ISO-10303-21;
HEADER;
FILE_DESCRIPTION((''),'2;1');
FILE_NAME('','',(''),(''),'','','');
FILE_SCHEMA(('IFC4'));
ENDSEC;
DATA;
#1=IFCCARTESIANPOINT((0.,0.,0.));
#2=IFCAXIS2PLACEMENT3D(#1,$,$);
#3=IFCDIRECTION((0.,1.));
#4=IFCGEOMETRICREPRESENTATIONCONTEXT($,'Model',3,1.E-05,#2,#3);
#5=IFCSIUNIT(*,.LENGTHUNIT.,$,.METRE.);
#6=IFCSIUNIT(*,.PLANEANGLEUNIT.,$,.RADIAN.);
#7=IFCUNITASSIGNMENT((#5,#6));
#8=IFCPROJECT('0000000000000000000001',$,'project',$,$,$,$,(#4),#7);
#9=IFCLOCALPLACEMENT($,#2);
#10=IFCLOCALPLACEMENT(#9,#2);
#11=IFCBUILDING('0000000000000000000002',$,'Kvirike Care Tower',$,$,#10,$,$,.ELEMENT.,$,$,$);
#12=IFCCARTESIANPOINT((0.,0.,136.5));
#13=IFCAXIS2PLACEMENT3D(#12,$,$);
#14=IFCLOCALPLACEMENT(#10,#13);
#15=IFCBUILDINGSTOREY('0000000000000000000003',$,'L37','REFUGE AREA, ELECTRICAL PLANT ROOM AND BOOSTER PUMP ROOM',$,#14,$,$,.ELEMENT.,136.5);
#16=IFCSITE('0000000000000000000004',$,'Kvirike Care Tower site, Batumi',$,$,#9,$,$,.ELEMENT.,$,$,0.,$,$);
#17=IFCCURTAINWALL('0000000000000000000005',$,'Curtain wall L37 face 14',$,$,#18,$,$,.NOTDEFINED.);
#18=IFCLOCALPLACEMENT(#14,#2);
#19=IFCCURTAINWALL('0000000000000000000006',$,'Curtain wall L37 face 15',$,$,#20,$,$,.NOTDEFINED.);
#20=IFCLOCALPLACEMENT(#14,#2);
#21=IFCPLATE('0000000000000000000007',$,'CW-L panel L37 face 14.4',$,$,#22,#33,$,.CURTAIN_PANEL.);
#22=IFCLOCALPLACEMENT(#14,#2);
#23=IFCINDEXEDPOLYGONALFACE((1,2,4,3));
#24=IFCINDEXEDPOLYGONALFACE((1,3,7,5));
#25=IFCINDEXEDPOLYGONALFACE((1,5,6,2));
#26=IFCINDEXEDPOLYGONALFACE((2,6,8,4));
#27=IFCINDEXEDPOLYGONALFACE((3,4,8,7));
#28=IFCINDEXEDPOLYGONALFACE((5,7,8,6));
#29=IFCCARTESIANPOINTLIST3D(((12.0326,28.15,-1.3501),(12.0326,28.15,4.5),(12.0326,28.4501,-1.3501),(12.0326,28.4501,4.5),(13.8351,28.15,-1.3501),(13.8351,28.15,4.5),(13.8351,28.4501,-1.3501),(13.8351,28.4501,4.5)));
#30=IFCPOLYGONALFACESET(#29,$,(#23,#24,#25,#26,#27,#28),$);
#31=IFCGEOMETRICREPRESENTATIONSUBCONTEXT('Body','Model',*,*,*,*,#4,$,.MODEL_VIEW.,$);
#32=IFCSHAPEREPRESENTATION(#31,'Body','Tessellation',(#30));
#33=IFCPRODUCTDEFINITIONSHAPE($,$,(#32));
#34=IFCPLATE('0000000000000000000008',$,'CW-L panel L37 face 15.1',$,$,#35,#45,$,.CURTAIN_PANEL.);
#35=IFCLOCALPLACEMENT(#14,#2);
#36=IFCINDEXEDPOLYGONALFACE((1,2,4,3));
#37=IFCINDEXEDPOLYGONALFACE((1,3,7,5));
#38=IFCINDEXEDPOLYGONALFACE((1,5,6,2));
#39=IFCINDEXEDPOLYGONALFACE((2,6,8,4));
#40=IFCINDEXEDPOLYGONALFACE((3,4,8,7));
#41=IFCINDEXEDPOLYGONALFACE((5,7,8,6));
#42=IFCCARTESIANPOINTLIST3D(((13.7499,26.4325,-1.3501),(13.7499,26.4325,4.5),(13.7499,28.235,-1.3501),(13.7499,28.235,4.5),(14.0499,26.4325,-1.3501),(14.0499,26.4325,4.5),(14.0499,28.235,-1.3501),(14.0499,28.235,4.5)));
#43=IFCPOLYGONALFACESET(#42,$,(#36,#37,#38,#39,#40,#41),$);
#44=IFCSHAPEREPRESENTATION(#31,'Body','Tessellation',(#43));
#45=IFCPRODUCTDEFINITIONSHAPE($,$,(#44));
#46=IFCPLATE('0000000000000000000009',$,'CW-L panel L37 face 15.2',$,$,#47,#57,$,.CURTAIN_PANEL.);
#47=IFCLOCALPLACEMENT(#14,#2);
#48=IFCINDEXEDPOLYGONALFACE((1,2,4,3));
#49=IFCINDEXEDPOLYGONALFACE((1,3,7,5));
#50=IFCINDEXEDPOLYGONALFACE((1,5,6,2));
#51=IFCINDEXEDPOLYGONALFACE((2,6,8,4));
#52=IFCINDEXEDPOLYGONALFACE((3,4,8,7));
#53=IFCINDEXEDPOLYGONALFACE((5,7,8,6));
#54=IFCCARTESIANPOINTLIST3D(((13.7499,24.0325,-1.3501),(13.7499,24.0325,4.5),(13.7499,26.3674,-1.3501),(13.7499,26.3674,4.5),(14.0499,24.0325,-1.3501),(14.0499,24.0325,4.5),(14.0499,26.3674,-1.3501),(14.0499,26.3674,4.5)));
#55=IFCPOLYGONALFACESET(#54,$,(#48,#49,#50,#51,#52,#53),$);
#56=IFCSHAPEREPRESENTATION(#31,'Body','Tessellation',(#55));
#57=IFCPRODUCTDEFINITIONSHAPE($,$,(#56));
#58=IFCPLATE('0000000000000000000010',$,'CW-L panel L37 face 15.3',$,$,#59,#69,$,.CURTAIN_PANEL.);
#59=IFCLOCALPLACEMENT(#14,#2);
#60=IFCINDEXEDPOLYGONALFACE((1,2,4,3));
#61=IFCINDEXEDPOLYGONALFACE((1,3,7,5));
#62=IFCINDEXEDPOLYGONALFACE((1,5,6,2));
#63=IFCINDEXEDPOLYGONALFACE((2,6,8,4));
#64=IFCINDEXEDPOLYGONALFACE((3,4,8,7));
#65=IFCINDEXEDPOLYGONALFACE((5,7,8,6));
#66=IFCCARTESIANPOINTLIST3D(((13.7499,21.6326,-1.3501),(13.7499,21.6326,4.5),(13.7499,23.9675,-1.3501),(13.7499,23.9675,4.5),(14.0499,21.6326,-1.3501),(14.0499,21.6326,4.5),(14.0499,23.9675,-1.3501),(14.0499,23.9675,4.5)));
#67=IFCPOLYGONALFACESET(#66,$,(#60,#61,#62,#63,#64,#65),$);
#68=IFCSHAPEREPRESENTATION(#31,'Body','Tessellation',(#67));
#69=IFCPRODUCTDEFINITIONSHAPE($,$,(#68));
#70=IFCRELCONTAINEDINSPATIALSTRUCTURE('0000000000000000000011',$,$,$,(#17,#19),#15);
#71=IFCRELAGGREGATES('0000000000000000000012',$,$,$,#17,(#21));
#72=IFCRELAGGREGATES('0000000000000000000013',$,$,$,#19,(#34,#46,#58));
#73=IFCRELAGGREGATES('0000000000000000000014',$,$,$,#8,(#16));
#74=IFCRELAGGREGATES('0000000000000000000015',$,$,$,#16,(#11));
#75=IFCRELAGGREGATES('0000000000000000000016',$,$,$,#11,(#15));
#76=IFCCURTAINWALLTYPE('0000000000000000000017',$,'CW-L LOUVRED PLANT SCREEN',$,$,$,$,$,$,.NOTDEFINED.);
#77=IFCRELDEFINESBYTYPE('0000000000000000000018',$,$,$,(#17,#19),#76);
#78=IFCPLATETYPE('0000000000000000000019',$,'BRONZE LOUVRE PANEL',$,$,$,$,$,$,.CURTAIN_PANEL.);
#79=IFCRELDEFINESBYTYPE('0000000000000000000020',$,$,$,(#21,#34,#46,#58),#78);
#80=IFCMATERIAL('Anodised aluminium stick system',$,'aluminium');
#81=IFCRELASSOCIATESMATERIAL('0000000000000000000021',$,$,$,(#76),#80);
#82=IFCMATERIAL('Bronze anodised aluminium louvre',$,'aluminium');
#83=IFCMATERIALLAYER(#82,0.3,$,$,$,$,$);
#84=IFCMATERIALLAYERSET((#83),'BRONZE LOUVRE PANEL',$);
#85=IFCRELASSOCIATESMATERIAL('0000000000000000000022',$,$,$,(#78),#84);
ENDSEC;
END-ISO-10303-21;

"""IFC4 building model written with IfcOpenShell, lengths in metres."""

from ifc_helpers import new_model, si_unit, direction, frame, origin, origin_2d, place, context, subcontext, project, spatial, rectangle, extrude, material, layer, layer_set, type_object, element, aggregate, save


model = new_model("IFC4")

# Units and contexts
model_context = context("Model", 3, precision=1e-05, world=origin(), true_north=direction((0.0, 1.0)))
body_context = subcontext(model_context, "Body", "Model", "MODEL_VIEW")
ifc_project = project(units=[si_unit("LENGTHUNIT", "METRE"), si_unit("PLANEANGLEUNIT", "RADIAN")], contexts=[model_context])

# Site, building, storey
site_placement = place(None, origin())
site = spatial("IfcSite", under=ifc_project, at=site_placement, Name="Kvirike Care Tower site, Batumi", CompositionType="ELEMENT", RefElevation=0.0)
building_placement = place(site_placement, origin())
building = spatial("IfcBuilding", under=site, at=building_placement, Name="Kvirike Care Tower", CompositionType="ELEMENT")
storey_placement = place(building_placement, frame((0.0, 0.0, 136.5)))
storey = spatial("IfcBuildingStorey", under=building, at=storey_placement, Name="L37", Description="REFUGE AREA, ELECTRICAL PLANT ROOM AND BOOSTER PUMP ROOM", CompositionType="ELEMENT", Elevation=136.5)

# Curtain walls
ifc_material_1 = material(Name="Anodised aluminium stick system", Category="aluminium")
curtain_wall_type = type_object("IfcCurtainWallType", Name="CW-L LOUVRED PLANT SCREEN", PredefinedType="NOTDEFINED", material=ifc_material_1)
curtain_wall_1_placement = place(storey_placement, origin())
curtain_wall_1 = element("IfcCurtainWall", 1, at=curtain_wall_1_placement, inside=storey, type_object=curtain_wall_type, Name="Curtain wall L37 face 14", PredefinedType="NOTDEFINED")
curtain_wall_2_placement = place(storey_placement, origin())
curtain_wall_2 = element("IfcCurtainWall", 2, at=curtain_wall_2_placement, inside=storey, type_object=curtain_wall_type, Name="Curtain wall L37 face 15", PredefinedType="NOTDEFINED")

# Plates
ifc_material_2 = material(Name="Bronze anodised aluminium louvre", Category="aluminium")
ifc_layer = layer(ifc_material_2, 0.3)
ifc_layer_set = layer_set([ifc_layer], Name="BRONZE LOUVRE PANEL")
plate_type = type_object("IfcPlateType", Name="BRONZE LOUVRE PANEL", PredefinedType="CURTAIN_PANEL", material=ifc_layer_set)
plate_1_placement = place(storey_placement, frame((12.9338, 28.3, -1.3501), z_axis=(0.0, 0.0, 1.0), x_axis=(1.0, 0.0, 0.0)))
plate_1 = element("IfcPlate", 3, at=plate_1_placement, type_object=plate_type, Name="CW-L panel L37 face 14.4", PredefinedType="CURTAIN_PANEL", context=body_context, shape_type="SweptSolid", body=[
    extrude(rectangle(XDim=1.8025, YDim=0.3, at=origin_2d()), origin(), (0.0, 0.0, 1.0), 5.8501),
])
aggregate(curtain_wall_1, [plate_1])
plate_2_placement = place(storey_placement, frame((13.8999, 27.3337, -1.3501), z_axis=(0.0, 0.0, 1.0), x_axis=(0.0, -1.0, 0.0)))
plate_2 = element("IfcPlate", 4, at=plate_2_placement, type_object=plate_type, Name="CW-L panel L37 face 15.1", PredefinedType="CURTAIN_PANEL", context=body_context, shape_type="SweptSolid", body=[
    extrude(rectangle(XDim=1.8025, YDim=0.3, at=origin_2d()), origin(), (0.0, 0.0, 1.0), 5.8501),
])
plate_3_placement = place(storey_placement, frame((13.8999, 25.2, -1.3501), z_axis=(0.0, 0.0, 1.0), x_axis=(0.0, -1.0, 0.0)))
plate_3 = element("IfcPlate", 5, at=plate_3_placement, type_object=plate_type, Name="CW-L panel L37 face 15.2", PredefinedType="CURTAIN_PANEL", context=body_context, shape_type="SweptSolid", body=[
    extrude(rectangle(XDim=2.335, YDim=0.3, at=origin_2d()), origin(), (0.0, 0.0, 1.0), 5.8501),
])
plate_4_placement = place(storey_placement, frame((13.8999, 22.8, -1.3501), z_axis=(0.0, 0.0, 1.0), x_axis=(0.0, -1.0, 0.0)))
plate_4 = element("IfcPlate", 6, at=plate_4_placement, type_object=plate_type, Name="CW-L panel L37 face 15.3", PredefinedType="CURTAIN_PANEL", context=body_context, shape_type="SweptSolid", body=[
    extrude(rectangle(XDim=2.335, YDim=0.3, at=origin_2d()), origin(), (0.0, 0.0, 1.0), 5.8501),
])
aggregate(curtain_wall_2, [plate_2, plate_3, plate_4])

save(model, "model.ifc")
